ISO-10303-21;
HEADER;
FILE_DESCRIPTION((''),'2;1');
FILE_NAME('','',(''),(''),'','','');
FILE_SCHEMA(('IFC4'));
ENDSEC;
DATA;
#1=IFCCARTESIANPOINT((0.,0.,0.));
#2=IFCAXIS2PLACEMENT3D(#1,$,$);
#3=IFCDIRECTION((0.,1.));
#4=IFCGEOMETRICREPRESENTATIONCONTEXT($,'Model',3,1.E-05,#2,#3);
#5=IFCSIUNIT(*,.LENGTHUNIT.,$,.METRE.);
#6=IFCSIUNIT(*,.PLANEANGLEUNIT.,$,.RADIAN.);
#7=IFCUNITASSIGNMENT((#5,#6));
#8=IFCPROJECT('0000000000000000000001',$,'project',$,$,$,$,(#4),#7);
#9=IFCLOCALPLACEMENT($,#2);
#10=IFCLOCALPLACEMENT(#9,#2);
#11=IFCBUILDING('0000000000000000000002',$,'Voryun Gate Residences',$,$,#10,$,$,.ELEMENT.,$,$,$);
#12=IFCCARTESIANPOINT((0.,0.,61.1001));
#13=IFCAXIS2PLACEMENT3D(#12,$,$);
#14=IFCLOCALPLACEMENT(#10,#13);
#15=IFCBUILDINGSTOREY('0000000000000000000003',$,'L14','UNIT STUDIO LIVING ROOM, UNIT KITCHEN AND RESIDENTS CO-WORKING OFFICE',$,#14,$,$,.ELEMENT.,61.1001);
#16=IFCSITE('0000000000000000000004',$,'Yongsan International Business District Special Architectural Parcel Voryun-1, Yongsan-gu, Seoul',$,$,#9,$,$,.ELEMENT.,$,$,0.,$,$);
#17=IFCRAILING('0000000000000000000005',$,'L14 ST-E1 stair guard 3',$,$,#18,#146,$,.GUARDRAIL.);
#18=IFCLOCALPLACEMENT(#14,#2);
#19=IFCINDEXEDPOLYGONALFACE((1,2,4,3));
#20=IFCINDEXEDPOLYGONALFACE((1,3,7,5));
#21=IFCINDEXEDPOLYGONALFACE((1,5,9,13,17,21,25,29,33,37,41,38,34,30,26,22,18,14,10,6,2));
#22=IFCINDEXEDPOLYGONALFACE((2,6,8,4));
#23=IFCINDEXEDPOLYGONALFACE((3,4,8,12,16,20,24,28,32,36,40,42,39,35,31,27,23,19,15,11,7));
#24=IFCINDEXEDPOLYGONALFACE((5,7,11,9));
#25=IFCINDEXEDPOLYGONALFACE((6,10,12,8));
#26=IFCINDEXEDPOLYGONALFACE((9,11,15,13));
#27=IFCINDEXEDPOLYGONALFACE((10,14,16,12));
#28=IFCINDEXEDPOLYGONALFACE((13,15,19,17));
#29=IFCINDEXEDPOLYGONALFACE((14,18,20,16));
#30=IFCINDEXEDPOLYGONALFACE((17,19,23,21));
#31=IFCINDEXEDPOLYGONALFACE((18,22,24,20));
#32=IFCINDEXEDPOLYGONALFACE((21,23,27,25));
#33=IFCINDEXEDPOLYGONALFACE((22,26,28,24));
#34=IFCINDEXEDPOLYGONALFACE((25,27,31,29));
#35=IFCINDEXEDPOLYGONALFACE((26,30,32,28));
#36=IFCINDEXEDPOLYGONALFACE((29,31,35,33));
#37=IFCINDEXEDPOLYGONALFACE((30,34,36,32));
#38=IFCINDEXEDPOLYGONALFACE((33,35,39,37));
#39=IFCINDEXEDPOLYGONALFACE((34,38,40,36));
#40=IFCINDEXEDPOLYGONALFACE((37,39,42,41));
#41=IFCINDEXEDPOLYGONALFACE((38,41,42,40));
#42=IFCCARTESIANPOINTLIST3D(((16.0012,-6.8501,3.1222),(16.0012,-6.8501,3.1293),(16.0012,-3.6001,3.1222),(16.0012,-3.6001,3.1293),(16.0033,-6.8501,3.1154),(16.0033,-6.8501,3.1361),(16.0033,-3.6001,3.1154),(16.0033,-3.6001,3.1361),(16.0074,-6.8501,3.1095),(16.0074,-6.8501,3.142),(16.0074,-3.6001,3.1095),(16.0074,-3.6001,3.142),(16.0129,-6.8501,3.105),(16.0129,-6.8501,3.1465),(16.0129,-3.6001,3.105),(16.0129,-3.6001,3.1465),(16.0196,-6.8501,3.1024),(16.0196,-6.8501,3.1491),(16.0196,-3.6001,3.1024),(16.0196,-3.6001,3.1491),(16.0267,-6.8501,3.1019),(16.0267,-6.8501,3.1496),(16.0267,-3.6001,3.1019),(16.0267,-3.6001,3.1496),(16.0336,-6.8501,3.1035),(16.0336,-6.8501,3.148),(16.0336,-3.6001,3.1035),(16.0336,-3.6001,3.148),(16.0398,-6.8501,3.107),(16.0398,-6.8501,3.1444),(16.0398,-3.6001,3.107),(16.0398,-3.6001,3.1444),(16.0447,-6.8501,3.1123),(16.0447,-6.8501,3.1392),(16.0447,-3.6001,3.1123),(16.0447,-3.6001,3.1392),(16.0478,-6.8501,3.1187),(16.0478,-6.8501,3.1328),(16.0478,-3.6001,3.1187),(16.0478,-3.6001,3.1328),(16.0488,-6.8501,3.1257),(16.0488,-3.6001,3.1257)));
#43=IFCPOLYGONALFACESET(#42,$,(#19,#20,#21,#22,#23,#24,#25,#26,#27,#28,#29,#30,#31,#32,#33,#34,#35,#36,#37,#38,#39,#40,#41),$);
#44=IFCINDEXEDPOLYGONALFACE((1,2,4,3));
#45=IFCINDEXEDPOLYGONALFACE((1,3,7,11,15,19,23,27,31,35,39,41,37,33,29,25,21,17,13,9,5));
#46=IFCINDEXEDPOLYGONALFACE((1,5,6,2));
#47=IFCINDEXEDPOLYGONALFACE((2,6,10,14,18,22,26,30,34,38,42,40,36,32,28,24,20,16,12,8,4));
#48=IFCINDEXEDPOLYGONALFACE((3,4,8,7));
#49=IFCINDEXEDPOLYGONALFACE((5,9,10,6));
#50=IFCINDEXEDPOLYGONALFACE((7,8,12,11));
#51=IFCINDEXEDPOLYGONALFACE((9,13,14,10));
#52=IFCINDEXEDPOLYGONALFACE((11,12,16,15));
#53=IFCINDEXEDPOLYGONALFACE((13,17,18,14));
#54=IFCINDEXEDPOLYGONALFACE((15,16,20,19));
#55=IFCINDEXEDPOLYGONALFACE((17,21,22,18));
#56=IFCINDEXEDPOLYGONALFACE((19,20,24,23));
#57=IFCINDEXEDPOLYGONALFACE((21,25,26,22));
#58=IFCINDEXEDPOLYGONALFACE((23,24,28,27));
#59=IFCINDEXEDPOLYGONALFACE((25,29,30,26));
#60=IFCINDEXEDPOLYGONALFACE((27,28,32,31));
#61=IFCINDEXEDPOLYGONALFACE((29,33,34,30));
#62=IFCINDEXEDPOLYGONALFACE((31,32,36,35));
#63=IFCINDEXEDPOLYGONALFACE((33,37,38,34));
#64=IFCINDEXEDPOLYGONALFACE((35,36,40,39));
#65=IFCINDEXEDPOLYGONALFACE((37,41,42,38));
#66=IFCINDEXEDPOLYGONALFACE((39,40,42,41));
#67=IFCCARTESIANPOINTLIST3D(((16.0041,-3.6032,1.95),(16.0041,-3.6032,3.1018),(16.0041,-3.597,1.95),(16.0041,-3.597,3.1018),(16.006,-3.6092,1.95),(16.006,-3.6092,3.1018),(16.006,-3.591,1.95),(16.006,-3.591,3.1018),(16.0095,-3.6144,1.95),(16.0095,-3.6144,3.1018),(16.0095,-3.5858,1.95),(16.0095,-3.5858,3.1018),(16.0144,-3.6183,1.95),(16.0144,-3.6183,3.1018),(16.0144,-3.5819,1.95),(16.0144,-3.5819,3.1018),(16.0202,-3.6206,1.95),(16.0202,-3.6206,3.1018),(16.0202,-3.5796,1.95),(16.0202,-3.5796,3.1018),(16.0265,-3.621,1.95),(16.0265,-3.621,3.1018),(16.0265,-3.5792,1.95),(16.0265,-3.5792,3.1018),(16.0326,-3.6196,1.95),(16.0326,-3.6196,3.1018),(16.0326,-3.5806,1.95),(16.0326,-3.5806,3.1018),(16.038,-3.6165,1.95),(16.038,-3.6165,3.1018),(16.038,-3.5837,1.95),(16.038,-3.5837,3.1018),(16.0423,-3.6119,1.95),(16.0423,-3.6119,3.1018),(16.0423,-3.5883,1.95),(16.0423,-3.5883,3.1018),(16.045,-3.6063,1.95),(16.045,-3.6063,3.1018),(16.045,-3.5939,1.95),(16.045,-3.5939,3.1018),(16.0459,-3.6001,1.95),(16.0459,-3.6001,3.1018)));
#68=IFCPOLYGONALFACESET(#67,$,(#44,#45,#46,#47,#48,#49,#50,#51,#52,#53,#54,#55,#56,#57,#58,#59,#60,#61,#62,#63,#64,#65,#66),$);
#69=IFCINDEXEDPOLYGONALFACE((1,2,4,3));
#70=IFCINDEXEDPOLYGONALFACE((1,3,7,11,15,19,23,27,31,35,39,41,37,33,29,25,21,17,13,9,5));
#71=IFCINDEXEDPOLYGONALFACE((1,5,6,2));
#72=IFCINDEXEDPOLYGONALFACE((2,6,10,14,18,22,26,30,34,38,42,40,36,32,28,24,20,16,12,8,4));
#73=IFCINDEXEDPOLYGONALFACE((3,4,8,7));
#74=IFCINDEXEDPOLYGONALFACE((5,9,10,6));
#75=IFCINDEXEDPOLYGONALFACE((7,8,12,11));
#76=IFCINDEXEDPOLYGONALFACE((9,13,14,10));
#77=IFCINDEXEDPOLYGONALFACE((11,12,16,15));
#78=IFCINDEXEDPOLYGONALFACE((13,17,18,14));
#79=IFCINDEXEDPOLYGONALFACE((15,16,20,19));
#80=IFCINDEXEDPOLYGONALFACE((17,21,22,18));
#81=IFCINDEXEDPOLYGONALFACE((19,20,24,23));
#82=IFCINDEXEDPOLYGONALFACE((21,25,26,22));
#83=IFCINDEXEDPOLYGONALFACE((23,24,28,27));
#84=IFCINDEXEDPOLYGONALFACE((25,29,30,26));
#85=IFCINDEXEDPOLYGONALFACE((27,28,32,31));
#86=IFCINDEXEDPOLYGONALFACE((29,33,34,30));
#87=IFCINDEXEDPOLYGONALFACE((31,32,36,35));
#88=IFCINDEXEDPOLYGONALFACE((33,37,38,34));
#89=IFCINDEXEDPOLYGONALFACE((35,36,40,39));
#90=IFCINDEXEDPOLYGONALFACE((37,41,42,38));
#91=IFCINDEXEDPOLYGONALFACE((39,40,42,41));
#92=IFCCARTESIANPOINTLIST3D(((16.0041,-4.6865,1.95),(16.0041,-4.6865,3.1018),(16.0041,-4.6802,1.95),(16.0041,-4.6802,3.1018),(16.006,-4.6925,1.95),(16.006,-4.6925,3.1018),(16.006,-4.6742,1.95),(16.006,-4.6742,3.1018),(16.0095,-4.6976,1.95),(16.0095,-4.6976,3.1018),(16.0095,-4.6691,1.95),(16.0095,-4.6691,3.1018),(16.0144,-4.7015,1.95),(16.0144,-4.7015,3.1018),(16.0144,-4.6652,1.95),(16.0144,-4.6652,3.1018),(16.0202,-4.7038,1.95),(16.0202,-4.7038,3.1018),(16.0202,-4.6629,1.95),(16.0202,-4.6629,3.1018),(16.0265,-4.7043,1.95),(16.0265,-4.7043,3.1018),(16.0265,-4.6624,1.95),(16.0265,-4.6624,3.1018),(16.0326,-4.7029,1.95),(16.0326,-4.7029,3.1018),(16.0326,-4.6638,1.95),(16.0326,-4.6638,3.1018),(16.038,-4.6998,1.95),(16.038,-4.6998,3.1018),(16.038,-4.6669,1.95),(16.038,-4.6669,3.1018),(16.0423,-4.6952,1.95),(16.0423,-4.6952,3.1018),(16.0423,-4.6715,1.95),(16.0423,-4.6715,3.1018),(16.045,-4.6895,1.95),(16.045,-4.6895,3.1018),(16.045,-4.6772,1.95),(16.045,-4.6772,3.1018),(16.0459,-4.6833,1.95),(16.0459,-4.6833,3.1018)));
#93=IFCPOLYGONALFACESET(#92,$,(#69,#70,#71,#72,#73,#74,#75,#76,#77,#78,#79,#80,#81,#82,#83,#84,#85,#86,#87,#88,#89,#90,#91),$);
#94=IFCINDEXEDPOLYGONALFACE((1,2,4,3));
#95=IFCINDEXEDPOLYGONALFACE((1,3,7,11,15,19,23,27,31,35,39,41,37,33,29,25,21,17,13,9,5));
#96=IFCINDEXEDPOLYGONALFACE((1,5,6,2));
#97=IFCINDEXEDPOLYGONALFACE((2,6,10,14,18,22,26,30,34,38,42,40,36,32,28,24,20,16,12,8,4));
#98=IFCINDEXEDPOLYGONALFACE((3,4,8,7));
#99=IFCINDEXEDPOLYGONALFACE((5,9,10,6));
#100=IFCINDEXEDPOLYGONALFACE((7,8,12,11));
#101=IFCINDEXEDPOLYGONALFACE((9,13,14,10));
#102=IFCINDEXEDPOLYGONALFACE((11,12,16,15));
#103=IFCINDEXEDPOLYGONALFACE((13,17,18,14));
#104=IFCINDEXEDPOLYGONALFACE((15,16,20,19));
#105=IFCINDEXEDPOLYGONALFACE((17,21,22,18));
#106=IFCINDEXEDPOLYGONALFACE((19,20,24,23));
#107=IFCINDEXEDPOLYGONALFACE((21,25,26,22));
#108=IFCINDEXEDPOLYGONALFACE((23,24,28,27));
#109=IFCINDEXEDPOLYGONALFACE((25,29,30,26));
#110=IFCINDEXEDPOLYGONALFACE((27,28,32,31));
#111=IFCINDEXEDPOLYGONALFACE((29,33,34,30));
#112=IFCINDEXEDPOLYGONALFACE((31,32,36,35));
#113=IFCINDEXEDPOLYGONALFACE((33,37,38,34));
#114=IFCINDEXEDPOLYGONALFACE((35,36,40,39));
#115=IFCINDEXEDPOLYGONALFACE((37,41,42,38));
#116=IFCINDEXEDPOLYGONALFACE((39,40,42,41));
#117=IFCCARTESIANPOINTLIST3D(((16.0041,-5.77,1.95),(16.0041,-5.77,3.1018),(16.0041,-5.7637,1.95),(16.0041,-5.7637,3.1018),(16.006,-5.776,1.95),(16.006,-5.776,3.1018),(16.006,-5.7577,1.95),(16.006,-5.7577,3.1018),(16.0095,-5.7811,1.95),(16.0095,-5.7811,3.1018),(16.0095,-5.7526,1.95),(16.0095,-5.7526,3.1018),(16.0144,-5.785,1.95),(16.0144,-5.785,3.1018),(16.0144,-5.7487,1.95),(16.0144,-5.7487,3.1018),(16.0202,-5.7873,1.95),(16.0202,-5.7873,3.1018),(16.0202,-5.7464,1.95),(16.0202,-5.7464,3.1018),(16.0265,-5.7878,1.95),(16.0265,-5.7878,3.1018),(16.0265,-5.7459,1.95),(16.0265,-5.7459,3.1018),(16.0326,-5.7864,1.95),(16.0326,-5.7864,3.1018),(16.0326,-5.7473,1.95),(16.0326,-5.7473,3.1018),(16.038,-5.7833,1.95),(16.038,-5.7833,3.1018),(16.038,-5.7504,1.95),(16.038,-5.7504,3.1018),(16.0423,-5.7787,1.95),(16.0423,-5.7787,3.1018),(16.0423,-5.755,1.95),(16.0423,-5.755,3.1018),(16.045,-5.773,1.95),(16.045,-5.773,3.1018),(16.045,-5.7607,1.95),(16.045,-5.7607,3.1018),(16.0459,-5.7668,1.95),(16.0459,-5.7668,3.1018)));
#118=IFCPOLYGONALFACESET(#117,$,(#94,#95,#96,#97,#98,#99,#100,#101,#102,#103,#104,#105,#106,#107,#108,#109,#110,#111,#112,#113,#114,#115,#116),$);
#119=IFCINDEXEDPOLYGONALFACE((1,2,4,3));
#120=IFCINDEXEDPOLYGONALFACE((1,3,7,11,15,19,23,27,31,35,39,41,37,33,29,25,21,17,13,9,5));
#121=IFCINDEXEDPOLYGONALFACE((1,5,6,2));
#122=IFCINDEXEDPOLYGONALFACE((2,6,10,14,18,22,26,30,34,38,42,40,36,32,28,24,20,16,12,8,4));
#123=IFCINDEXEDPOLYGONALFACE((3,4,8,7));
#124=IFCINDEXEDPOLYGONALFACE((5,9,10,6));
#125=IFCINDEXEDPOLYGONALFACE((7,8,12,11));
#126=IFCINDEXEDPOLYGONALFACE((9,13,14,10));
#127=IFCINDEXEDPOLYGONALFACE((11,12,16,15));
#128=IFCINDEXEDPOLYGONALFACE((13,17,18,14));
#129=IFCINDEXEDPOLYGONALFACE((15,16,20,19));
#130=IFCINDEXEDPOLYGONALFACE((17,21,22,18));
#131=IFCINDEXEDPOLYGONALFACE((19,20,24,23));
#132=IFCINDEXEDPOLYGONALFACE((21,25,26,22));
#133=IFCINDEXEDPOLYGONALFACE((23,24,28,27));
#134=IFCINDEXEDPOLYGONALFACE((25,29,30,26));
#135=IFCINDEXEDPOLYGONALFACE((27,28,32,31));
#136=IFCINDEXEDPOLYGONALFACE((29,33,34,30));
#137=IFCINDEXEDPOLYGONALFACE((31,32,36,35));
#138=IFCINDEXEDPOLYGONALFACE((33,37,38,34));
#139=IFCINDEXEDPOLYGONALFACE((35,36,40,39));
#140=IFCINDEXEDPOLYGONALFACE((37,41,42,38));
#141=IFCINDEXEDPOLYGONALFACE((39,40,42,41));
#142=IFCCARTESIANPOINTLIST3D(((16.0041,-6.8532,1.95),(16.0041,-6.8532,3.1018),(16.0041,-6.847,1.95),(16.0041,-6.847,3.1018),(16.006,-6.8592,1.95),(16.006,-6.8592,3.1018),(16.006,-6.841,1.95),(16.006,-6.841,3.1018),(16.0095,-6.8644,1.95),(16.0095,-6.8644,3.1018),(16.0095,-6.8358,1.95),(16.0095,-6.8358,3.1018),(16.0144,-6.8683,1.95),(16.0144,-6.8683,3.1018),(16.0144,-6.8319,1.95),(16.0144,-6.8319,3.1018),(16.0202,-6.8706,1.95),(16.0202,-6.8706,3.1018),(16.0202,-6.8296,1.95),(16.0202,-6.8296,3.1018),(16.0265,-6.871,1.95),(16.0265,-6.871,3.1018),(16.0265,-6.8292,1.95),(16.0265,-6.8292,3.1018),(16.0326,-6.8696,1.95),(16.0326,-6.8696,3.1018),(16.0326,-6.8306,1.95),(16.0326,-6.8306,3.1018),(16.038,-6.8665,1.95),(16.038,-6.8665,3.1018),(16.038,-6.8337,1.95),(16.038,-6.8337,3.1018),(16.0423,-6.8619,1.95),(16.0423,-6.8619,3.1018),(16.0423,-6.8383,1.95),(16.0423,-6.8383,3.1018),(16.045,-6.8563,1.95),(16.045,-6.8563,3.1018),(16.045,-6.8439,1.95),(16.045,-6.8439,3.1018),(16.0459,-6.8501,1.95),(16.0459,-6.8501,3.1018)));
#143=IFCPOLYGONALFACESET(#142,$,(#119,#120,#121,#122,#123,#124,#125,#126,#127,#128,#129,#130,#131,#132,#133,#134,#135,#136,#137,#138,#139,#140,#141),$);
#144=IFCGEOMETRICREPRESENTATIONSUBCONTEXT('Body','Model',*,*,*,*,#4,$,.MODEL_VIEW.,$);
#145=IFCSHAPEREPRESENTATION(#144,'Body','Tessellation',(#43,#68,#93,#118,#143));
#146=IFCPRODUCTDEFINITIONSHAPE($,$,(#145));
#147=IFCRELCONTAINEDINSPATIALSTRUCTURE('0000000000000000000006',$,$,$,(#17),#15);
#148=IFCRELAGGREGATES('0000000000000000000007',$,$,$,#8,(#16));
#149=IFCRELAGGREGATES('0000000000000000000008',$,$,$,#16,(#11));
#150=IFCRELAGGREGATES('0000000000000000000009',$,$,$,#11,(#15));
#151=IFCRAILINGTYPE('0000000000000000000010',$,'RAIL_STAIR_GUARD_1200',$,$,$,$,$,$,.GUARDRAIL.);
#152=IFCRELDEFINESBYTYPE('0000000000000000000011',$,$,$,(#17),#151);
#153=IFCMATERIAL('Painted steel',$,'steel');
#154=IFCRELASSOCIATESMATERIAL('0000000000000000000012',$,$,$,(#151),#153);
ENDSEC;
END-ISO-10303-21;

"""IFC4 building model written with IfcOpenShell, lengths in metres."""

from ifc_helpers import new_model, si_unit, direction, frame, origin, origin_2d, place, context, subcontext, project, spatial, circle, extrude, material, type_object, element, save


model = new_model("IFC4")

# Units and contexts
model_context = context("Model", 3, precision=1e-05, world=origin(), true_north=direction((0.0, 1.0)))
body_context = subcontext(model_context, "Body", "Model", "MODEL_VIEW")
ifc_project = project(units=[si_unit("LENGTHUNIT", "METRE"), si_unit("PLANEANGLEUNIT", "RADIAN")], contexts=[model_context])

# Site, building, storey
site_placement = place(None, origin())
site = spatial("IfcSite", under=ifc_project, at=site_placement, Name="Yongsan International Business District Special Architectural Parcel Voryun-1, Yongsan-gu, Seoul", CompositionType="ELEMENT", RefElevation=0.0)
building_placement = place(site_placement, origin())
building = spatial("IfcBuilding", under=site, at=building_placement, Name="Voryun Gate Residences", CompositionType="ELEMENT")
storey_placement = place(building_placement, frame((0.0, 0.0, 61.1001)))
storey = spatial("IfcBuildingStorey", under=building, at=storey_placement, Name="L14", Description="UNIT STUDIO LIVING ROOM, UNIT KITCHEN AND RESIDENTS CO-WORKING OFFICE", CompositionType="ELEMENT", Elevation=61.1001)

# Railing
ifc_material_1 = material(Name="Painted steel", Category="steel")
railing_type_1 = type_object("IfcRailingType", Name="RAIL_STAIR_GUARD_1200", PredefinedType="GUARDRAIL", material=ifc_material_1)
for number, where, name in (
    (1, (16.0249, -3.6001, 1.95), "L14 ST-E1 stair guard 3"),
):
    element("IfcRailing", number, at=place(storey_placement, frame(where)), inside=storey, type_object=railing_type_1, Name=name, PredefinedType="GUARDRAIL", context=body_context, shape_type="SweptSolid", body=[
        extrude(circle(Radius=0.0239, at=origin_2d()), frame((0.0, 0.0, 1.1758), z_axis=(0.0, -1.0, 0.0), x_axis=(1.0, 0.0, 0.0)), (0.0, 0.0, 1.0), 3.25),
        extrude(circle(Radius=0.021, at=origin_2d()), origin(), (0.0, 0.0, 1.0), 1.1519),
        extrude(circle(Radius=0.021, at=origin_2d()), frame((0.0, -1.0833, 0.0)), (0.0, 0.0, 1.0), 1.1519),
        extrude(circle(Radius=0.021, at=origin_2d()), frame((0.0, -2.1667, 0.0)), (0.0, 0.0, 1.0), 1.1519),
        extrude(circle(Radius=0.021, at=origin_2d()), frame((0.0, -3.25, 0.0)), (0.0, 0.0, 1.0), 1.1519),
    ])

save(model, "model.ifc")
